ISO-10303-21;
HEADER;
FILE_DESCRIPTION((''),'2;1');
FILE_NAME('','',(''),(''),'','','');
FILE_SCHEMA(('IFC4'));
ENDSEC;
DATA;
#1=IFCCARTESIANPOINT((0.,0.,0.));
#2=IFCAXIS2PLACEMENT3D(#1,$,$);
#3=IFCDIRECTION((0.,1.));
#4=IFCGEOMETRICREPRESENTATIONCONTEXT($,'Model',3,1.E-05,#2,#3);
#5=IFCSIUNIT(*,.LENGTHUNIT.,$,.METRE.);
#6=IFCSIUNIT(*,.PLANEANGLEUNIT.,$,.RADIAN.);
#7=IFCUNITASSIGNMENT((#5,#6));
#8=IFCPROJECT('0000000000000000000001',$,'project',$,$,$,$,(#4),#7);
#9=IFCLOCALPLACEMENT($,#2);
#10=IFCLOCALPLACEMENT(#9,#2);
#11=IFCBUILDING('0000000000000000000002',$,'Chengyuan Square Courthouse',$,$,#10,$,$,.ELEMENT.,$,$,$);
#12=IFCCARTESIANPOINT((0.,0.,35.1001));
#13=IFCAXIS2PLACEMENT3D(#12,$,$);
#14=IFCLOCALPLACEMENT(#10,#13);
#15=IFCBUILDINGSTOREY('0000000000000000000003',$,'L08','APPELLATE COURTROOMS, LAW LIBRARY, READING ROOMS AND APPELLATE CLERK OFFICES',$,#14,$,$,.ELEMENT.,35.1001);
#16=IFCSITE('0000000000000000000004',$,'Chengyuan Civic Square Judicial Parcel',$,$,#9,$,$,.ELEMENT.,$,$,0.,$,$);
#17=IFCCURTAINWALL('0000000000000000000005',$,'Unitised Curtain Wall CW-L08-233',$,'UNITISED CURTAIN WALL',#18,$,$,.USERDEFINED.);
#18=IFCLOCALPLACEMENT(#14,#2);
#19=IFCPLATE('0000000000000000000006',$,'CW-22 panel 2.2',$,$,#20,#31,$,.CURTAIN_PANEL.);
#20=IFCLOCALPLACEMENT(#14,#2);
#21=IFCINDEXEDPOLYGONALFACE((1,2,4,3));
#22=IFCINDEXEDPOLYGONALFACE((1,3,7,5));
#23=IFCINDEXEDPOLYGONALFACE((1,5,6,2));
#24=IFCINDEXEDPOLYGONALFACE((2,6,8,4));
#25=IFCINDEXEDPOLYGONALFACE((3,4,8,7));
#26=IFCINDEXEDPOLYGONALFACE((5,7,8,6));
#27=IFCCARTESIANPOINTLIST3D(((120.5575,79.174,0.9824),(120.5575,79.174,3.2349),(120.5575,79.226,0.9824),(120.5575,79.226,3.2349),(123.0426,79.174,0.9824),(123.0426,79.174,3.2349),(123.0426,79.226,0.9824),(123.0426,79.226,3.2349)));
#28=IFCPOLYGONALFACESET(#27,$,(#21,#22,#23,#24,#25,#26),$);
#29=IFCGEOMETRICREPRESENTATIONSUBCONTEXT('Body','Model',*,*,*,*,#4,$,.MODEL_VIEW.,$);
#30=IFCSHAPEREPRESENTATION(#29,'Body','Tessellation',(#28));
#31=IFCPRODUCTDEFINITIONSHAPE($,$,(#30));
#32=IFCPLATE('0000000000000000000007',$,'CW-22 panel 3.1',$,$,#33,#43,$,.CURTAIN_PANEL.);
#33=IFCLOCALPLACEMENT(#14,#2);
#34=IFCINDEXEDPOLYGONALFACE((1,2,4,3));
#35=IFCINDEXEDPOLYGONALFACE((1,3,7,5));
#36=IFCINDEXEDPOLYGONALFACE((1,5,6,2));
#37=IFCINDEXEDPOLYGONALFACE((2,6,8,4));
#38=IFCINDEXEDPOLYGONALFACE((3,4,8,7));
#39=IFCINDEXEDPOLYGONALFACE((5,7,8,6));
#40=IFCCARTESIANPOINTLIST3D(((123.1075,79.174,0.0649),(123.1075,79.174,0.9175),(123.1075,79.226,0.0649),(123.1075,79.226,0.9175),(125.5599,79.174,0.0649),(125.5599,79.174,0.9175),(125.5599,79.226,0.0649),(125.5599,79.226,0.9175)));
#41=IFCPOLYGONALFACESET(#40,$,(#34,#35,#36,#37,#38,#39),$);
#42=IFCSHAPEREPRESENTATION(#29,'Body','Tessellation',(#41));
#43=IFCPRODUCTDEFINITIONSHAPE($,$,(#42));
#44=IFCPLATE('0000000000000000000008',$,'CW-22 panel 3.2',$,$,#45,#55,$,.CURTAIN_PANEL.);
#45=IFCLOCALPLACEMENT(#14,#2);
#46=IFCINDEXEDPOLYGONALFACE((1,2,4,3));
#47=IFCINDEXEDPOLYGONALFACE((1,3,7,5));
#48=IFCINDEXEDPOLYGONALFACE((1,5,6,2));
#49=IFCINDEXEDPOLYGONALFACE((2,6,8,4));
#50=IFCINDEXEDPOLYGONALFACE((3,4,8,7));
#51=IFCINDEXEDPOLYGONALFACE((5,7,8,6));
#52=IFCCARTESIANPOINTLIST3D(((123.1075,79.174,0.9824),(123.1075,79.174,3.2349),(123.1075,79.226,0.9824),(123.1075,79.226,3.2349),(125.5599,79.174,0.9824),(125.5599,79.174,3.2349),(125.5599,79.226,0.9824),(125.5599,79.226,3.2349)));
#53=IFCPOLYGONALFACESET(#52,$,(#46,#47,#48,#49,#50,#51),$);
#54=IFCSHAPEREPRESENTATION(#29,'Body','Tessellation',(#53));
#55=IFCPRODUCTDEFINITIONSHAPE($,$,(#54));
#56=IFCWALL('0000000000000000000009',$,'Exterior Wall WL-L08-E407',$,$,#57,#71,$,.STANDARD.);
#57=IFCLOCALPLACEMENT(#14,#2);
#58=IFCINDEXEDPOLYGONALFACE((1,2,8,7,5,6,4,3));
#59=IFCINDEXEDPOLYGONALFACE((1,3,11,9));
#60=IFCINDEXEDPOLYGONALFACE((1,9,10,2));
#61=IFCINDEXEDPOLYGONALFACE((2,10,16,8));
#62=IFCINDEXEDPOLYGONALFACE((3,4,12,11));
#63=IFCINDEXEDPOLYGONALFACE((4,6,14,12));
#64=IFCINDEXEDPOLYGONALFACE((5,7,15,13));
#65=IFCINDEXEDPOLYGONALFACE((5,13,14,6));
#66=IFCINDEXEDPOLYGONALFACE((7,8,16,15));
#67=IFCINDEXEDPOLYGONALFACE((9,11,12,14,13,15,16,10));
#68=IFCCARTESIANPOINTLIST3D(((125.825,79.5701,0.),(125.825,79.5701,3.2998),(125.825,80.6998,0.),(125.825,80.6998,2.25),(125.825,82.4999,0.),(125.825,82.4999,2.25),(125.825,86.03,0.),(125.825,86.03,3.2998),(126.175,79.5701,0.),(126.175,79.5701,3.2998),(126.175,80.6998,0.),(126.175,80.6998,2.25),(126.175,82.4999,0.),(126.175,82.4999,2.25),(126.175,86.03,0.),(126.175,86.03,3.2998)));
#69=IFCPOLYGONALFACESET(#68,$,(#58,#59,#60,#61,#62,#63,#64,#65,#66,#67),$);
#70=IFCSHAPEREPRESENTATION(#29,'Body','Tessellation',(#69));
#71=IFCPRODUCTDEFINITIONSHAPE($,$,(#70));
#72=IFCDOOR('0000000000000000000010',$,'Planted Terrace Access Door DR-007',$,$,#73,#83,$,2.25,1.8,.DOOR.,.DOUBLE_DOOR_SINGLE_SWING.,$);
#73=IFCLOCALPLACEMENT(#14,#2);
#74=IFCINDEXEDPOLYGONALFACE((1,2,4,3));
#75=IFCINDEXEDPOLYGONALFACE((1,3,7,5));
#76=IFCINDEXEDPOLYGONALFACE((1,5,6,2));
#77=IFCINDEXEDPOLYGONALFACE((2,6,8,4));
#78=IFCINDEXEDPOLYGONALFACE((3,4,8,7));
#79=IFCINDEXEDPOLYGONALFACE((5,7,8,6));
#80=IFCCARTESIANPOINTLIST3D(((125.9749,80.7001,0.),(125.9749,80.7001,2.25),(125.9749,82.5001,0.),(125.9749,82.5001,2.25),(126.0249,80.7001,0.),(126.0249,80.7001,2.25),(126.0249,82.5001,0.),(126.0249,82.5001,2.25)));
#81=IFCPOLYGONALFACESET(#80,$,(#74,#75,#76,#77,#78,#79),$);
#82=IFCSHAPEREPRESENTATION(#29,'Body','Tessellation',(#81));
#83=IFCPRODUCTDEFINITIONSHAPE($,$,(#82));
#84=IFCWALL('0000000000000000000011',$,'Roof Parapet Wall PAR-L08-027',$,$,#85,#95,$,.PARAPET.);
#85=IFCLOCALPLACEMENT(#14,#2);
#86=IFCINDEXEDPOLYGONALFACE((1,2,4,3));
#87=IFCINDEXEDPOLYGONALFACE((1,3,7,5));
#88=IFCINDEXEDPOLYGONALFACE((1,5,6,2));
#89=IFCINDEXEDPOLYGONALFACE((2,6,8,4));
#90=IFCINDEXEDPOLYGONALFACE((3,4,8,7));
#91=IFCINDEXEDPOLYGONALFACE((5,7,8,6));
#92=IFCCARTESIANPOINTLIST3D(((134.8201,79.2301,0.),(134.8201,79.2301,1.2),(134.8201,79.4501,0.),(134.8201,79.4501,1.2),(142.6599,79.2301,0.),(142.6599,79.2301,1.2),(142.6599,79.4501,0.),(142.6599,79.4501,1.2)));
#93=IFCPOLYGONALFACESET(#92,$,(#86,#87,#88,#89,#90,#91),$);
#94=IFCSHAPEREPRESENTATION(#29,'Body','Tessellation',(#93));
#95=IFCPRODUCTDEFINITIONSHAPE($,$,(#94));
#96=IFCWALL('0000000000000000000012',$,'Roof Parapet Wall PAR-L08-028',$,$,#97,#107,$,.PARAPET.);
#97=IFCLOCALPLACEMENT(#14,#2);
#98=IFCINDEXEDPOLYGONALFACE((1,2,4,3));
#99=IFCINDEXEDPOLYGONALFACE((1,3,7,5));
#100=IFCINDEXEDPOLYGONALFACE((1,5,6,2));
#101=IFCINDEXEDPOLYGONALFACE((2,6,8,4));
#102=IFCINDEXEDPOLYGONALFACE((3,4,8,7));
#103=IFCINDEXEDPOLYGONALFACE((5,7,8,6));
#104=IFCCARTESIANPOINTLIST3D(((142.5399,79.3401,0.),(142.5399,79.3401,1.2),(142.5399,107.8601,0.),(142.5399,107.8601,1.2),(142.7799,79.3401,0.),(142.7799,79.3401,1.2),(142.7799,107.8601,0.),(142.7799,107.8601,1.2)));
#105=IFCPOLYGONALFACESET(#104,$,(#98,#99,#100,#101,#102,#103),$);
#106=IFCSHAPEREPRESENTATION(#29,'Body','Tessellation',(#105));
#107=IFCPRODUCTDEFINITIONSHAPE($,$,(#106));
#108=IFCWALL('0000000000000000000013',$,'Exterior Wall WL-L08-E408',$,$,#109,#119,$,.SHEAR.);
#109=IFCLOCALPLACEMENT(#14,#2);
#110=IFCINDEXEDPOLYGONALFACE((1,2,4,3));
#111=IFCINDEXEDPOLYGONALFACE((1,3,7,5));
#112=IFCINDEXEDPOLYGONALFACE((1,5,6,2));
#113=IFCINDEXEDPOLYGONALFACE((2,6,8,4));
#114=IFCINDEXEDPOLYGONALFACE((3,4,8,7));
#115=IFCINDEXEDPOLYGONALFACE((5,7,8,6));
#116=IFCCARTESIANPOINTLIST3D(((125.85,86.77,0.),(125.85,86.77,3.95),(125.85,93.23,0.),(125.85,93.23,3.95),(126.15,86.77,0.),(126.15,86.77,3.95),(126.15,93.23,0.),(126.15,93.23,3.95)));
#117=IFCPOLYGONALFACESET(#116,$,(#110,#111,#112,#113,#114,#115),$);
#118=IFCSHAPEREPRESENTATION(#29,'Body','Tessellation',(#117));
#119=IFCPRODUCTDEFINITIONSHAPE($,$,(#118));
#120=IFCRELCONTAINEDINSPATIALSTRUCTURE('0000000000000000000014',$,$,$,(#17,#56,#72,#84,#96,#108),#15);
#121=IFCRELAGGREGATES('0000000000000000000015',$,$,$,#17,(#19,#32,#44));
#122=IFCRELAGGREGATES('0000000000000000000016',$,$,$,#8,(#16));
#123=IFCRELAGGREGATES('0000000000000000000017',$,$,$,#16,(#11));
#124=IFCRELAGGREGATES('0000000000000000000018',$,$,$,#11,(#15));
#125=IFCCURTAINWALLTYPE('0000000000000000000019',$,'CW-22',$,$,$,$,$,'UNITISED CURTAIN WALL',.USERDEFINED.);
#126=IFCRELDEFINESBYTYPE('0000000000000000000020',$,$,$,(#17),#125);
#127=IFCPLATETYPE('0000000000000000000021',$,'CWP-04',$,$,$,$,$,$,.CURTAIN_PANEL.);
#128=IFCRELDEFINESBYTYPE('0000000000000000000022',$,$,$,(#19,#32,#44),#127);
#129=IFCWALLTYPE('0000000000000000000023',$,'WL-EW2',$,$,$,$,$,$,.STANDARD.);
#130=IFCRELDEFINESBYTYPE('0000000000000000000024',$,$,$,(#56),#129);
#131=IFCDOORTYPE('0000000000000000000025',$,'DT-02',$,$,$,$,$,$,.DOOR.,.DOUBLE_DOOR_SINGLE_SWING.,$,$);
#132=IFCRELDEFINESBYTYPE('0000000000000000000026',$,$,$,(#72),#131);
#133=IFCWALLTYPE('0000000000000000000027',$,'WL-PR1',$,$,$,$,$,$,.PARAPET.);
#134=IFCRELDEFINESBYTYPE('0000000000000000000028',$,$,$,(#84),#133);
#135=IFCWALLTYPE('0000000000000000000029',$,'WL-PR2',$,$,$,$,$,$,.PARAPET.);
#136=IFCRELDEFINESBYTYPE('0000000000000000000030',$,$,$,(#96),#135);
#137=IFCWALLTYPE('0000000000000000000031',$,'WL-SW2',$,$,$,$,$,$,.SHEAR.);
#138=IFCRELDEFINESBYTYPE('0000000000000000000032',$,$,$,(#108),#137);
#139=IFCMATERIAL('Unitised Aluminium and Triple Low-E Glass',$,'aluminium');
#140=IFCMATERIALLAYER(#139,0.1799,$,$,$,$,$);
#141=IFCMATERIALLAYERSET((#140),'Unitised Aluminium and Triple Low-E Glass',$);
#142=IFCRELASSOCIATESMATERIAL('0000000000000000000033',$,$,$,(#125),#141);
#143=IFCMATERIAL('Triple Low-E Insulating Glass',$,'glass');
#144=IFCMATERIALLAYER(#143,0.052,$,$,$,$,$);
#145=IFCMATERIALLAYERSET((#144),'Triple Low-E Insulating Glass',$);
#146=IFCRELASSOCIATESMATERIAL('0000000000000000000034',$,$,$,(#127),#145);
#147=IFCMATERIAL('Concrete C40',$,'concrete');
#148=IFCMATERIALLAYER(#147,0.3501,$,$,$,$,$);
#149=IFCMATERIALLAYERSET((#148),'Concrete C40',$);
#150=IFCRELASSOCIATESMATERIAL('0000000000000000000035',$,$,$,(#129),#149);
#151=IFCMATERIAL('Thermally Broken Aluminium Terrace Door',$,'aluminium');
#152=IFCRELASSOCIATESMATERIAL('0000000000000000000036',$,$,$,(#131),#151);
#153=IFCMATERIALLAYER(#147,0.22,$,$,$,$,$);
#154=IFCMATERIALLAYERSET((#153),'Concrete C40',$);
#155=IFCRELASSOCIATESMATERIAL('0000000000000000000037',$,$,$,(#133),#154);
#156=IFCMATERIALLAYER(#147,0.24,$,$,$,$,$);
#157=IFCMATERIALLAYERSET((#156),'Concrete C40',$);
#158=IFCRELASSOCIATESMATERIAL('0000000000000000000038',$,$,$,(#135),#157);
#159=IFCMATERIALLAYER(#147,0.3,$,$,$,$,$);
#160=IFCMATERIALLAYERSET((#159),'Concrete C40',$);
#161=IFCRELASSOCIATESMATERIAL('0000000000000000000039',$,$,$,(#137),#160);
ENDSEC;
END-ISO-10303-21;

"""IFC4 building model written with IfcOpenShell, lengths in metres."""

from ifc_helpers import new_model, si_unit, direction, frame, frame_2d, origin, origin_2d, place, context, subcontext, project, spatial, rectangle, extrude, material, layer, layer_set, type_object, element, fill, aggregate, save


model = new_model("IFC4")

# Units and contexts
model_context = context("Model", 3, precision=1e-05, world=origin(), true_north=direction((0.0, 1.0)))
body_context = subcontext(model_context, "Body", "Model", "MODEL_VIEW")
ifc_project = project(units=[si_unit("LENGTHUNIT", "METRE"), si_unit("PLANEANGLEUNIT", "RADIAN")], contexts=[model_context])

# Site, building, storey
site_placement = place(None, origin())
site = spatial("IfcSite", under=ifc_project, at=site_placement, Name="Chengyuan Civic Square Judicial Parcel", CompositionType="ELEMENT", RefElevation=0.0)
building_placement = place(site_placement, origin())
building = spatial("IfcBuilding", under=site, at=building_placement, Name="Chengyuan Square Courthouse", CompositionType="ELEMENT")
storey_placement = place(building_placement, frame((0.0, 0.0, 35.1001)))
storey = spatial("IfcBuildingStorey", under=building, at=storey_placement, Name="L08", Description="APPELLATE COURTROOMS, LAW LIBRARY, READING ROOMS AND APPELLATE CLERK OFFICES", CompositionType="ELEMENT", Elevation=35.1001)

# Shared definitions
ifc_material_1 = material(Name="Concrete C40", Category="concrete")

# Curtain wall, plates
ifc_material_2 = material(Name="Unitised Aluminium and Triple Low-E Glass", Category="aluminium")
ifc_layer_1 = layer(ifc_material_2, 0.1799)
ifc_layer_set_1 = layer_set([ifc_layer_1], Name="Unitised Aluminium and Triple Low-E Glass")
curtain_wall_type = type_object("IfcCurtainWallType", Name="CW-22", ElementType="UNITISED CURTAIN WALL", PredefinedType="USERDEFINED", material=ifc_layer_set_1)
curtain_wall_placement = place(storey_placement, origin())
curtain_wall = element("IfcCurtainWall", 1, at=curtain_wall_placement, inside=storey, type_object=curtain_wall_type, Name="Unitised Curtain Wall CW-L08-233", ObjectType="UNITISED CURTAIN WALL", PredefinedType="USERDEFINED")
ifc_material_3 = material(Name="Triple Low-E Insulating Glass", Category="glass")
ifc_layer_2 = layer(ifc_material_3, 0.052)
ifc_layer_set_2 = layer_set([ifc_layer_2], Name="Triple Low-E Insulating Glass")
plate_type = type_object("IfcPlateType", Name="CWP-04", PredefinedType="CURTAIN_PANEL", material=ifc_layer_set_2)
plate_1_placement = place(storey_placement, frame((121.8, 79.2, 0.9824), z_axis=(0.0, 0.0, 1.0), x_axis=(1.0, 0.0, 0.0)))
plate_1 = element("IfcPlate", 2, at=plate_1_placement, type_object=plate_type, Name="CW-22 panel 2.2", PredefinedType="CURTAIN_PANEL", context=body_context, shape_type="SweptSolid", body=[
    extrude(rectangle(XDim=2.4851, YDim=0.052, at=origin_2d()), origin(), (0.0, 0.0, 1.0), 2.2524),
])
plate_2_placement = place(storey_placement, frame((124.3337, 79.2, 0.0649), z_axis=(0.0, 0.0, 1.0), x_axis=(1.0, 0.0, 0.0)))
plate_2 = element("IfcPlate", 3, at=plate_2_placement, type_object=plate_type, Name="CW-22 panel 3.1", PredefinedType="CURTAIN_PANEL", context=body_context, shape_type="SweptSolid", body=[
    extrude(rectangle(XDim=2.4524, YDim=0.052, at=origin_2d()), origin(), (0.0, 0.0, 1.0), 0.8525),
])
plate_3_placement = place(storey_placement, frame((124.3337, 79.2, 0.9824), z_axis=(0.0, 0.0, 1.0), x_axis=(1.0, 0.0, 0.0)))
plate_3 = element("IfcPlate", 4, at=plate_3_placement, type_object=plate_type, Name="CW-22 panel 3.2", PredefinedType="CURTAIN_PANEL", context=body_context, shape_type="SweptSolid", body=[
    extrude(rectangle(XDim=2.4524, YDim=0.052, at=origin_2d()), origin(), (0.0, 0.0, 1.0), 2.2524),
])
aggregate(curtain_wall, [plate_1, plate_2, plate_3])

# Wall, opening, door
ifc_layer_3 = layer(ifc_material_1, 0.3501)
ifc_layer_set_3 = layer_set([ifc_layer_3], Name="Concrete C40")
wall_type_1 = type_object("IfcWallType", Name="WL-EW2", PredefinedType="STANDARD", material=ifc_layer_set_3)
wall_1_placement = place(storey_placement, frame((126.0, 79.5701, 0.0), z_axis=(0.0, 0.0, 1.0), x_axis=(0.0, 1.0, 0.0)))
wall_1 = element("IfcWall", 5, at=wall_1_placement, inside=storey, type_object=wall_type_1, Name="Exterior Wall WL-L08-E407", PredefinedType="STANDARD", context=body_context, shape_type="SweptSolid", body=[
    extrude(rectangle(XDim=6.46, YDim=0.3501, at=frame_2d((3.23, 0.0))), origin(), (0.0, 0.0, 1.0), 3.2998),
])
opening_placement = place(wall_1_placement, frame((1.1299, 0.0, 0.0)))
opening = element("IfcOpeningElement", 6, at=opening_placement, cuts=wall_1, PredefinedType="OPENING", context=body_context, shape_type="SweptSolid", body=[
    extrude(rectangle(XDim=1.8, YDim=2.25, at=frame_2d((0.8999, 1.125))), frame((0.0, 0.187, 0.0), z_axis=(0.0, -1.0, 0.0), x_axis=(1.0, 0.0, 0.0)), (0.0, 0.0, 1.0), 0.374),
])
ifc_material_4 = material(Name="Thermally Broken Aluminium Terrace Door", Category="aluminium")
door_type = type_object("IfcDoorType", Name="DT-02", OperationType="DOUBLE_DOOR_SINGLE_SWING", PredefinedType="DOOR", material=ifc_material_4)
door_placement = place(opening_placement, frame((1.8, 0.0, 0.0), z_axis=(0.0, 0.0, 1.0), x_axis=(-1.0, 0.0, 0.0)))
door = element("IfcDoor", 7, at=door_placement, inside=storey, type_object=door_type, Name="Planted Terrace Access Door DR-007", OperationType="DOUBLE_DOOR_SINGLE_SWING", OverallHeight=2.25, OverallWidth=1.8, PredefinedType="DOOR", context=body_context, shape_type="SweptSolid", body=[
    extrude(rectangle(XDim=1.8, YDim=2.25, at=frame_2d((0.8999, 1.125))), frame((0.0, 0.0249, 0.0), z_axis=(0.0, -1.0, 0.0), x_axis=(1.0, 0.0, 0.0)), (0.0, 0.0, 1.0), 0.05),
])
fill(opening, door)

# Walls
ifc_layer_4 = layer(ifc_material_1, 0.22)
ifc_layer_set_4 = layer_set([ifc_layer_4], Name="Concrete C40")
wall_type_2 = type_object("IfcWallType", Name="WL-PR1", PredefinedType="PARAPET", material=ifc_layer_set_4)
wall_2_placement = place(storey_placement, frame((134.8201, 79.3401, 0.0), z_axis=(0.0, 0.0, 1.0), x_axis=(1.0, 0.0, 0.0)))
element("IfcWall", 8, at=wall_2_placement, inside=storey, type_object=wall_type_2, Name="Roof Parapet Wall PAR-L08-027", PredefinedType="PARAPET", context=body_context, shape_type="SweptSolid", body=[
    extrude(rectangle(XDim=7.8398, YDim=0.22, at=frame_2d((3.9199, 0.0))), origin(), (0.0, 0.0, 1.0), 1.2),
])
ifc_layer_5 = layer(ifc_material_1, 0.24)
ifc_layer_set_5 = layer_set([ifc_layer_5], Name="Concrete C40")
wall_type_3 = type_object("IfcWallType", Name="WL-PR2", PredefinedType="PARAPET", material=ifc_layer_set_5)
wall_3_placement = place(storey_placement, frame((142.6599, 79.3401, 0.0), z_axis=(0.0, 0.0, 1.0), x_axis=(0.0, 1.0, 0.0)))
element("IfcWall", 9, at=wall_3_placement, inside=storey, type_object=wall_type_3, Name="Roof Parapet Wall PAR-L08-028", PredefinedType="PARAPET", context=body_context, shape_type="SweptSolid", body=[
    extrude(rectangle(XDim=28.52, YDim=0.24, at=frame_2d((14.26, 0.0))), origin(), (0.0, 0.0, 1.0), 1.2),
])
ifc_layer_6 = layer(ifc_material_1, 0.3)
ifc_layer_set_6 = layer_set([ifc_layer_6], Name="Concrete C40")
wall_type_4 = type_object("IfcWallType", Name="WL-SW2", PredefinedType="SHEAR", material=ifc_layer_set_6)
wall_4_placement = place(storey_placement, frame((126.0, 86.77, 0.0), z_axis=(0.0, 0.0, 1.0), x_axis=(0.0, 1.0, 0.0)))
element("IfcWall", 10, at=wall_4_placement, inside=storey, type_object=wall_type_4, Name="Exterior Wall WL-L08-E408", PredefinedType="SHEAR", context=body_context, shape_type="SweptSolid", body=[
    extrude(rectangle(XDim=6.46, YDim=0.3, at=frame_2d((3.23, 0.0))), origin(), (0.0, 0.0, 1.0), 3.95),
])

save(model, "model.ifc")
